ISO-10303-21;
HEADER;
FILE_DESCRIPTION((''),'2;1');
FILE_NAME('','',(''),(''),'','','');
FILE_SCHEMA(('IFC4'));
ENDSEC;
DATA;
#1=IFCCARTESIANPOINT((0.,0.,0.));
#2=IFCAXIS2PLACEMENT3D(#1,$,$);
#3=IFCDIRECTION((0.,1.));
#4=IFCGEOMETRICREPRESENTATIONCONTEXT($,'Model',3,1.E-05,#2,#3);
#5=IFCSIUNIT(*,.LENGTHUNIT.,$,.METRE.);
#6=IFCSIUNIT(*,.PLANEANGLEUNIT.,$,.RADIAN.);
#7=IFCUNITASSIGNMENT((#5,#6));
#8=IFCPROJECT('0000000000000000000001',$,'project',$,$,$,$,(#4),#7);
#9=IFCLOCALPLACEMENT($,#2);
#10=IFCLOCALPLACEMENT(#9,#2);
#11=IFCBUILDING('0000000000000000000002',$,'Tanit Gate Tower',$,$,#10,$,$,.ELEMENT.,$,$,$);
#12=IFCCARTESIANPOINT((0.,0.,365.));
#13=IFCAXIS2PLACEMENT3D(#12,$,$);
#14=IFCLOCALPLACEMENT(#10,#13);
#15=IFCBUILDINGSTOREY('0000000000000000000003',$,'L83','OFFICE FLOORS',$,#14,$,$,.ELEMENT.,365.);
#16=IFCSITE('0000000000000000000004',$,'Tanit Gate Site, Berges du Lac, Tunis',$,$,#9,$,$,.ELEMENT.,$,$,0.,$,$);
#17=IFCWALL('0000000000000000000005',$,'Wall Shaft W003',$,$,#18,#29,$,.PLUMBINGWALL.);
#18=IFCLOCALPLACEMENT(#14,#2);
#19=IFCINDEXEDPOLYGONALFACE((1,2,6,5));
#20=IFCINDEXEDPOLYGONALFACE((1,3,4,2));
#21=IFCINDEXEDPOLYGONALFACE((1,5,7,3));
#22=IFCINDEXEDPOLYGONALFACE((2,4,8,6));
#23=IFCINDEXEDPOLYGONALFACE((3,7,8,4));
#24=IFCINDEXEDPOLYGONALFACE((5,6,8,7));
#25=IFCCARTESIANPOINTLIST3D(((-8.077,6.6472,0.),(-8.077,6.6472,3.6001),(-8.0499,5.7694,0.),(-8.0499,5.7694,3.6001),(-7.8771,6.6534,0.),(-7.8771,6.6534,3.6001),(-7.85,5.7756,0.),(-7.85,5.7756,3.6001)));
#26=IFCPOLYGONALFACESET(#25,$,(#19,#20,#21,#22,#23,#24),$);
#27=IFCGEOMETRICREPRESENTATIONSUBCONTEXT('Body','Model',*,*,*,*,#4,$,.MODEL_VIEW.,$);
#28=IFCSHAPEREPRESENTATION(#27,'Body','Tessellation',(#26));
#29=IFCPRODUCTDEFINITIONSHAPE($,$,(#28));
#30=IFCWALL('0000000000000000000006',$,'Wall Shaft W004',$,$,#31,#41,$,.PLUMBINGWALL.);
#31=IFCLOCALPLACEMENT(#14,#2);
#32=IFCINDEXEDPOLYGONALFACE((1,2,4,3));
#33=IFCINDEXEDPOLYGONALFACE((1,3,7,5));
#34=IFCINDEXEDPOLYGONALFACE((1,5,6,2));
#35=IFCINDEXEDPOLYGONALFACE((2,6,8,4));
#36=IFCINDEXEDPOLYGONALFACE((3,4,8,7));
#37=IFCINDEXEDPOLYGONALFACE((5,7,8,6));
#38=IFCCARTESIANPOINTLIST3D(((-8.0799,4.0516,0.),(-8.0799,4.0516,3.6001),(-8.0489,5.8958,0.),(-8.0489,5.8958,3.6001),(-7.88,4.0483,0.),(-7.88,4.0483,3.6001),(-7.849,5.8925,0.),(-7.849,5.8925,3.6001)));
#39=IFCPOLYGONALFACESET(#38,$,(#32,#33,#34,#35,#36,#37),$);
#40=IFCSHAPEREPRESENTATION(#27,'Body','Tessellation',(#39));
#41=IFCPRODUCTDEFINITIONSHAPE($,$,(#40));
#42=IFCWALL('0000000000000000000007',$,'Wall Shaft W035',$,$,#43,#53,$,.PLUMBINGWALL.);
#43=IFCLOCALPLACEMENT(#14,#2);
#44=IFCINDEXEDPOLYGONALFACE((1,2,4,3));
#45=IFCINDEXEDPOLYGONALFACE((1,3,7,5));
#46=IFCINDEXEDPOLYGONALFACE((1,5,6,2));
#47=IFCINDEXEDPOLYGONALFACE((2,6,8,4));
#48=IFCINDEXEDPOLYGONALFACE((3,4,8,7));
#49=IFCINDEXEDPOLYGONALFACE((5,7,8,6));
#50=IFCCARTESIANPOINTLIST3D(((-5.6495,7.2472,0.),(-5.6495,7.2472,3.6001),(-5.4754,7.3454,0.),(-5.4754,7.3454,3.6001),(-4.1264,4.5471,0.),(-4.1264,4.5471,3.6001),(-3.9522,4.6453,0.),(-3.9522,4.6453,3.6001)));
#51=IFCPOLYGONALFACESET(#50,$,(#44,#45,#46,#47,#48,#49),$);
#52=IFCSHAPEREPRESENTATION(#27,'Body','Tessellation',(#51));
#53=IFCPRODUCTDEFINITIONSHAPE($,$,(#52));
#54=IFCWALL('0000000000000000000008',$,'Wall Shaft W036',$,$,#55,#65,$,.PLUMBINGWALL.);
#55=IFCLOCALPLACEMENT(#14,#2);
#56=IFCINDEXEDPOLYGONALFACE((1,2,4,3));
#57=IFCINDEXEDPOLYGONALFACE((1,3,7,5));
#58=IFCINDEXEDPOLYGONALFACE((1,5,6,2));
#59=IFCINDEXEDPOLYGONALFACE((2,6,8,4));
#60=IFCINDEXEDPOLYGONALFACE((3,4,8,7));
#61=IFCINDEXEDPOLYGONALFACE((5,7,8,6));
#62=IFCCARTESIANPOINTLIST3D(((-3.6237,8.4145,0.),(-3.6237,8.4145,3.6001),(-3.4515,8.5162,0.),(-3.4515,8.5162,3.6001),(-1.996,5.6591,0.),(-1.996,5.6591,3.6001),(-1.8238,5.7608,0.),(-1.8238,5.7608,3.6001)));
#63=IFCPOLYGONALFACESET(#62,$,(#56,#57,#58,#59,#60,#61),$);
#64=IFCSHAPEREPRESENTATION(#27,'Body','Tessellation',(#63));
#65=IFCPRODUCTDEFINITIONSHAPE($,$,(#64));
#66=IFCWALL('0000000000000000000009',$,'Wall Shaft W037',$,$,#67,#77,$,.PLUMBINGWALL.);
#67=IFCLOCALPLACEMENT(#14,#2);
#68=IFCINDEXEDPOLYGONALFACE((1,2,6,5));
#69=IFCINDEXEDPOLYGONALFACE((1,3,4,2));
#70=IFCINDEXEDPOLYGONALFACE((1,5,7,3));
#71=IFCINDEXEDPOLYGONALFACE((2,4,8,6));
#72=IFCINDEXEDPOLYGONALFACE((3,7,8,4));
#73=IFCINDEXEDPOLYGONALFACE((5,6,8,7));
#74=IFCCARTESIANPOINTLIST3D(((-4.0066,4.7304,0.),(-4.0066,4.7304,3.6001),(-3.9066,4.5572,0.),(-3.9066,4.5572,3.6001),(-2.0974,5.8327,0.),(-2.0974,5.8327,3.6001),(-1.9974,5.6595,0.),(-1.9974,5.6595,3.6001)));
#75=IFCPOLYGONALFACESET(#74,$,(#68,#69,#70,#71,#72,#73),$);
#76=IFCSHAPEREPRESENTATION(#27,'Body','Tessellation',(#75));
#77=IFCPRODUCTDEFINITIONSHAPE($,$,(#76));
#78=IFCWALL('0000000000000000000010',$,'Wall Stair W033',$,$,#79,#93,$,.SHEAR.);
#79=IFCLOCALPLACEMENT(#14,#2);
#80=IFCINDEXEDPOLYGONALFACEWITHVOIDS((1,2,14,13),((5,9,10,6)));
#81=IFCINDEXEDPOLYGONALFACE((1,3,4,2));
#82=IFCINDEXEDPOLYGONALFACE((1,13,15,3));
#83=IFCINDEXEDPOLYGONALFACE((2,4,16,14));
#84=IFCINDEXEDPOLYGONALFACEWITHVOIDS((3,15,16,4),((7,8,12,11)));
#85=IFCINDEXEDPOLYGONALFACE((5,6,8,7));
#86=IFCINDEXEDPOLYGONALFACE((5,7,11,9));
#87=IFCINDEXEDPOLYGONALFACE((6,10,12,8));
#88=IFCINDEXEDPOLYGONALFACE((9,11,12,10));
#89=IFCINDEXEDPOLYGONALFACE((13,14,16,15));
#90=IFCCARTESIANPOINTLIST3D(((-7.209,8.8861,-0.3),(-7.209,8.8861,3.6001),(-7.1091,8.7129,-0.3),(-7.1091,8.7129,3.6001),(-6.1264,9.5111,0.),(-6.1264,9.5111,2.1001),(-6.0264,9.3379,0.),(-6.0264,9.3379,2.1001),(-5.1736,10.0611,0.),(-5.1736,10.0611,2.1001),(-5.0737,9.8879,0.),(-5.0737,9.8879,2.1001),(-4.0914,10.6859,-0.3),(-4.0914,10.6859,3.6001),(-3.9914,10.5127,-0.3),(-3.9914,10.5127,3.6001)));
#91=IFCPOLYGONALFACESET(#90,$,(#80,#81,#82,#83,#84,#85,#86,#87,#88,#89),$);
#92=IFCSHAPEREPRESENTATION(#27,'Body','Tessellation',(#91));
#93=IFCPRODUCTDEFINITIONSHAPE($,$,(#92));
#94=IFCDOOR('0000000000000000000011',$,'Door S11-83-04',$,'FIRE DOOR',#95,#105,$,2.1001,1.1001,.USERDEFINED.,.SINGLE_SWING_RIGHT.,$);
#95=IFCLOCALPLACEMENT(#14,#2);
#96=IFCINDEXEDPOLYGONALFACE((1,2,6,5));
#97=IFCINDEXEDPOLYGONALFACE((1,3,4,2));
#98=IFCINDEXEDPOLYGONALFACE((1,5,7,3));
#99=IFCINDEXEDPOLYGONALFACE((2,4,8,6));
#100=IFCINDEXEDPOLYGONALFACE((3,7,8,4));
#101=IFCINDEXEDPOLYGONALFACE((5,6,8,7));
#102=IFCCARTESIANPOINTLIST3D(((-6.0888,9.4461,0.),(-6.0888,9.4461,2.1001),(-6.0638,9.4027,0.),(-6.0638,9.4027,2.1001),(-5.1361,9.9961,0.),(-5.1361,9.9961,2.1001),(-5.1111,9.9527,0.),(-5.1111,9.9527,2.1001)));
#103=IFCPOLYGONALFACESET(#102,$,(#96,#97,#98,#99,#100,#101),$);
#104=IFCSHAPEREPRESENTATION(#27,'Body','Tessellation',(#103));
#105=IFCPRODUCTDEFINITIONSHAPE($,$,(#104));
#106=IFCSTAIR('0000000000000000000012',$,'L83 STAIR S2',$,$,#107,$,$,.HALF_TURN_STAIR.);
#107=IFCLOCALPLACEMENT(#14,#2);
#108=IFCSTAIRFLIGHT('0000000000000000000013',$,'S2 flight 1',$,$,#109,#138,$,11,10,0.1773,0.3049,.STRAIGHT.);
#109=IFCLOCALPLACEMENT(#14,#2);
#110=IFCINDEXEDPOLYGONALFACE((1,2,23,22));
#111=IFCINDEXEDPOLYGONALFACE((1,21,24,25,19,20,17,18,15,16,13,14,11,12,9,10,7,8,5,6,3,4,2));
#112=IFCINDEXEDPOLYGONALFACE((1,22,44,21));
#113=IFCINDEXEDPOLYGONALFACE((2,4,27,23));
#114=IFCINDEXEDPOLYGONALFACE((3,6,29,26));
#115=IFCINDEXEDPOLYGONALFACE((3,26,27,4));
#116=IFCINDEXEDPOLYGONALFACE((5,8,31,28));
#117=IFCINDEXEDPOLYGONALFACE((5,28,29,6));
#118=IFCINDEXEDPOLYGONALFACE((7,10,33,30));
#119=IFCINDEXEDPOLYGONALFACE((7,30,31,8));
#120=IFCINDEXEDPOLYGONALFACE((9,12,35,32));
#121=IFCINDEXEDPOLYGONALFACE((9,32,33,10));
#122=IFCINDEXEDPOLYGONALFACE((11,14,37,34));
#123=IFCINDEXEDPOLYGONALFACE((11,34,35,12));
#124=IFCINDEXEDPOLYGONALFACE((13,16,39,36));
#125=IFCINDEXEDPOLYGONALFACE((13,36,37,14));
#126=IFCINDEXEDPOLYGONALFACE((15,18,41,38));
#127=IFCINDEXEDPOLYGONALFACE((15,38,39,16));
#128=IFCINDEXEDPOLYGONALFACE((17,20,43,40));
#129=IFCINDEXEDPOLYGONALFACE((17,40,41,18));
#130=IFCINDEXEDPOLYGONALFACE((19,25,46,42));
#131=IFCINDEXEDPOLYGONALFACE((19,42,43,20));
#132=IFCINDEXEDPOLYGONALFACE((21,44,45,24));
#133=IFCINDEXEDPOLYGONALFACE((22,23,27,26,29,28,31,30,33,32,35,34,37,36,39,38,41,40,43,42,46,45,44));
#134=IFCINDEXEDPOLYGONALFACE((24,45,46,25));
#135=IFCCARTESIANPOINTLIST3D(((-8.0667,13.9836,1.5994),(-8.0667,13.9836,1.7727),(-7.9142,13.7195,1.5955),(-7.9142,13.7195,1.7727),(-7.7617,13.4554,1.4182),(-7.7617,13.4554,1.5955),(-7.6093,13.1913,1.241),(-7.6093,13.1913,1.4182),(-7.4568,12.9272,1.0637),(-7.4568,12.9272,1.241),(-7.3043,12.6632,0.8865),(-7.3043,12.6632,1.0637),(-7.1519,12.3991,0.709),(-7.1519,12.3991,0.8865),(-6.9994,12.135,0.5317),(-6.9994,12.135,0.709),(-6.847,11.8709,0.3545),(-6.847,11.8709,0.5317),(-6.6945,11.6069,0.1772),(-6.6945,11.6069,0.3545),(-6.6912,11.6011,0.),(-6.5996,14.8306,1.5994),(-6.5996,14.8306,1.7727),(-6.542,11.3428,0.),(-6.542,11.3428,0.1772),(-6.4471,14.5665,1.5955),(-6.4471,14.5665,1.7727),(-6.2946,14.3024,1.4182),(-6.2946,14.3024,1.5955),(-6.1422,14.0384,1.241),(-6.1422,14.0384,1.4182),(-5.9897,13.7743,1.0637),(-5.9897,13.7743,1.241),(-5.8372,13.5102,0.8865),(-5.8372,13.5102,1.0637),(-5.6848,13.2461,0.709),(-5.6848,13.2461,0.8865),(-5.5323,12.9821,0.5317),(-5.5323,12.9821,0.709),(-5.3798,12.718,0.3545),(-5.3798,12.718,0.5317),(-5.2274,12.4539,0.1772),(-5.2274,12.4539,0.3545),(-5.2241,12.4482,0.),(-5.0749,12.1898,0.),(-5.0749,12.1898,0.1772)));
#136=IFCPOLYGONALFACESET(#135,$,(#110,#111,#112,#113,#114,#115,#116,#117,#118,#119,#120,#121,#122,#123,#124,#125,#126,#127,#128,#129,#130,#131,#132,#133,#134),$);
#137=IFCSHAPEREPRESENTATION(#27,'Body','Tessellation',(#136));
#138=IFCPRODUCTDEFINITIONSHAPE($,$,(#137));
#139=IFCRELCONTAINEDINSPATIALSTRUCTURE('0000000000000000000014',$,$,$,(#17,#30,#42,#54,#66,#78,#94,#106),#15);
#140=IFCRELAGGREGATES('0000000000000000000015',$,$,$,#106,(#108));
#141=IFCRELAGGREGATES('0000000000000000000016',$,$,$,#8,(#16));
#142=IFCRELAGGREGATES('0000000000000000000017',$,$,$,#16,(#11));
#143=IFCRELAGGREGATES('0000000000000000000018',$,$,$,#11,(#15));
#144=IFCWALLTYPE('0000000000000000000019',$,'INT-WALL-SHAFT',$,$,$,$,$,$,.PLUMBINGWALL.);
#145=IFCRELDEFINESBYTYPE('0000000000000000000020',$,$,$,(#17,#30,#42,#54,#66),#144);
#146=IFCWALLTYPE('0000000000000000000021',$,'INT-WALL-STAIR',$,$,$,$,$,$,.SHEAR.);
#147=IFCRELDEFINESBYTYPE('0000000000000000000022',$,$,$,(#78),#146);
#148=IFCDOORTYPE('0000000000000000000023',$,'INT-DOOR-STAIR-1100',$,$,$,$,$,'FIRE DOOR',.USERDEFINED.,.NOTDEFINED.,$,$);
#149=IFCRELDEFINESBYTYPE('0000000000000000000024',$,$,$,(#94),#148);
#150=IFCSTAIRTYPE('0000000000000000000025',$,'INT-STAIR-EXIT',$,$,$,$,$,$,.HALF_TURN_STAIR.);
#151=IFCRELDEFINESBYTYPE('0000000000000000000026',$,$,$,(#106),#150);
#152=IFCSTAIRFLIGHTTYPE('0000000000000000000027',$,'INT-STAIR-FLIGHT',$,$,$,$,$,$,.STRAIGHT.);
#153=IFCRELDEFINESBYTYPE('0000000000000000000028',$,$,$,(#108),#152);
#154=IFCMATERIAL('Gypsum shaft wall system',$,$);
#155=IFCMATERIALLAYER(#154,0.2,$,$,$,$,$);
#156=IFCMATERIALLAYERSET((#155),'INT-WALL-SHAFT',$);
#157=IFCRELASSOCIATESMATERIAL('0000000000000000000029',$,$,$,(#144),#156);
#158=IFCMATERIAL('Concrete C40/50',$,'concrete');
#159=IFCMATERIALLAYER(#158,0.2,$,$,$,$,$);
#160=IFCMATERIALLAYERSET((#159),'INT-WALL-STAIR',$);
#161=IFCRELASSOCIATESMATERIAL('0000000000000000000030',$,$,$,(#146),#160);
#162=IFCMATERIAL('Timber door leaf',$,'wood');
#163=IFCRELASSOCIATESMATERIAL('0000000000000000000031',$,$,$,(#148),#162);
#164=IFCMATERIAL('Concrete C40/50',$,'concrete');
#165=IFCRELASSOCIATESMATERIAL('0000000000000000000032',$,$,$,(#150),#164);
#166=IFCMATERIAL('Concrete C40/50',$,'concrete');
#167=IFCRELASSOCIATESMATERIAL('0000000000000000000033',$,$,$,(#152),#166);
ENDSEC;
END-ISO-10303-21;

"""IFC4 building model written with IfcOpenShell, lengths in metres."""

from ifc_helpers import new_model, si_unit, direction, frame, frame_2d, origin, place, context, subcontext, project, spatial, polyline, rectangle, outline, extrude, material, layer, layer_set, type_object, element, fill, aggregate, save


model = new_model("IFC4")

# Units and contexts
model_context = context("Model", 3, precision=1e-05, world=origin(), true_north=direction((0.0, 1.0)))
body_context = subcontext(model_context, "Body", "Model", "MODEL_VIEW")
ifc_project = project(units=[si_unit("LENGTHUNIT", "METRE"), si_unit("PLANEANGLEUNIT", "RADIAN")], contexts=[model_context])

# Site, building, storey
site_placement = place(None, origin())
site = spatial("IfcSite", under=ifc_project, at=site_placement, Name="Tanit Gate Site, Berges du Lac, Tunis", CompositionType="ELEMENT", RefElevation=0.0)
building_placement = place(site_placement, origin())
building = spatial("IfcBuilding", under=site, at=building_placement, Name="Tanit Gate Tower", CompositionType="ELEMENT")
storey_placement = place(building_placement, frame((0.0, 0.0, 365.0)))
storey = spatial("IfcBuildingStorey", under=building, at=storey_placement, Name="L83", Description="OFFICE FLOORS", CompositionType="ELEMENT", Elevation=365.0)

# Walls
ifc_material_1 = material(Name="Gypsum shaft wall system")
ifc_layer_1 = layer(ifc_material_1, 0.2)
ifc_layer_set_1 = layer_set([ifc_layer_1], Name="INT-WALL-SHAFT")
wall_type_1 = type_object("IfcWallType", Name="INT-WALL-SHAFT", PredefinedType="PLUMBINGWALL", material=ifc_layer_set_1)
wall_1_placement = place(storey_placement, frame((-7.9771, 6.6501, 0.0), z_axis=(0.0, 0.0, 1.0), x_axis=(0.030862, -0.999524, 0.0)))
element("IfcWall", 1, at=wall_1_placement, inside=storey, type_object=wall_type_1, Name="Wall Shaft W003", PredefinedType="PLUMBINGWALL", context=body_context, shape_type="SweptSolid", body=[
    extrude(rectangle(XDim=0.8782, YDim=0.2, at=frame_2d((0.439, 0.0))), origin(), (0.0, 0.0, 1.0), 3.6001),
])
wall_2_placement = place(storey_placement, frame((-7.949, 5.8943, 0.0), z_axis=(0.0, 0.0, 1.0), x_axis=(-0.01681, -0.999859, 0.0)))
element("IfcWall", 2, at=wall_2_placement, inside=storey, type_object=wall_type_1, Name="Wall Shaft W004", PredefinedType="PLUMBINGWALL", context=body_context, shape_type="SweptSolid", body=[
    extrude(rectangle(XDim=1.8445, YDim=0.2, at=frame_2d((0.9224, 0.0))), origin(), (0.0, 0.0, 1.0), 3.6001),
])

# Walls
wall_3_placement = place(storey_placement, frame((-4.0393, 4.5962, 0.0), z_axis=(0.0, 0.0, 1.0), x_axis=(-0.491323, 0.870978, 0.0)))
element("IfcWall", 3, at=wall_3_placement, inside=storey, type_object=wall_type_1, Name="Wall Shaft W035", PredefinedType="PLUMBINGWALL", context=body_context, shape_type="SweptSolid", body=[
    extrude(rectangle(XDim=3.1001, YDim=0.2, at=frame_2d((1.55, 0.0))), origin(), (0.0, 0.0, 1.0), 3.6001),
])
wall_4_placement = place(storey_placement, frame((-3.5376, 8.4653, 0.0), z_axis=(0.0, 0.0, 1.0), x_axis=(0.508616, -0.860993, 0.0)))
element("IfcWall", 4, at=wall_4_placement, inside=storey, type_object=wall_type_1, Name="Wall Shaft W036", PredefinedType="PLUMBINGWALL", context=body_context, shape_type="SweptSolid", body=[
    extrude(rectangle(XDim=3.2002, YDim=0.2, at=frame_2d((1.6001, 0.0))), origin(), (0.0, 0.0, 1.0), 3.6001),
])
wall_5_placement = place(storey_placement, frame((-2.0474, 5.7461, 0.0), z_axis=(0.0, 0.0, 1.0), x_axis=(-0.86602, -0.50001, 0.0)))
element("IfcWall", 5, at=wall_5_placement, inside=storey, type_object=wall_type_1, Name="Wall Shaft W037", PredefinedType="PLUMBINGWALL", context=body_context, shape_type="SweptSolid", body=[
    extrude(rectangle(XDim=2.2046, YDim=0.2, at=frame_2d((1.1023, 0.0))), origin(), (0.0, 0.0, 1.0), 3.6001),
])

# Wall, opening, door
ifc_material_2 = material(Name="Concrete C40/50", Category="concrete")
ifc_layer_2 = layer(ifc_material_2, 0.2)
ifc_layer_set_2 = layer_set([ifc_layer_2], Name="INT-WALL-STAIR")
wall_type_2 = type_object("IfcWallType", Name="INT-WALL-STAIR", PredefinedType="SHEAR", material=ifc_layer_set_2)
wall_6_placement = place(storey_placement, frame((-7.1589, 8.7996, -0.3), z_axis=(0.0, 0.0, 1.0), x_axis=(0.866048, 0.499961, 0.0)))
wall_6 = element("IfcWall", 6, at=wall_6_placement, inside=storey, type_object=wall_type_2, Name="Wall Stair W033", PredefinedType="SHEAR", context=body_context, shape_type="SweptSolid", body=[
    extrude(rectangle(XDim=3.5999, YDim=0.2, at=frame_2d((1.7998, 0.0))), origin(), (0.0, 0.0, 1.0), 3.9001),
])
opening_1_placement = place(wall_6_placement, frame((1.25, 0.0, 0.3)))
opening_1 = element("IfcOpeningElement", 7, at=opening_1_placement, cuts=wall_6, PredefinedType="OPENING", context=body_context, shape_type="SweptSolid", body=[
    extrude(rectangle(XDim=1.1001, YDim=2.1001, at=frame_2d((0.55, 1.05))), frame((0.0, 0.1099, 0.0), z_axis=(0.0, -1.0, 0.0), x_axis=(1.0, 0.0, 0.0)), (0.0, 0.0, 1.0), 0.22),
])
ifc_material_3 = material(Name="Timber door leaf", Category="wood")
door_type_1 = type_object("IfcDoorType", Name="INT-DOOR-STAIR-1100", ElementType="FIRE DOOR", OperationType="NOTDEFINED", PredefinedType="USERDEFINED", material=ifc_material_3)
door_1_placement = place(opening_1_placement, origin())
door_1 = element("IfcDoor", 8, at=door_1_placement, inside=storey, type_object=door_type_1, Name="Door S11-83-04", ObjectType="FIRE DOOR", OperationType="SINGLE_SWING_RIGHT", OverallHeight=2.1001, OverallWidth=1.1001, PredefinedType="USERDEFINED", context=body_context, shape_type="SweptSolid", body=[
    extrude(rectangle(XDim=1.1001, YDim=2.1001, at=frame_2d((0.55, 1.05))), frame((0.0, 0.0249, 0.0), z_axis=(0.0, -1.0, 0.0), x_axis=(1.0, 0.0, 0.0)), (0.0, 0.0, 1.0), 0.05),
])
fill(opening_1, door_1)

# Stair, stair flight
ifc_material_4 = material(Name="Concrete C40/50", Category="concrete")
stair_type = type_object("IfcStairType", Name="INT-STAIR-EXIT", PredefinedType="HALF_TURN_STAIR", material=ifc_material_4)
stair_placement = place(storey_placement, origin())
stair = element("IfcStair", 9, at=stair_placement, inside=storey, type_object=stair_type, Name="L83 STAIR S2", PredefinedType="HALF_TURN_STAIR")
ifc_material_5 = material(Name="Concrete C40/50", Category="concrete")
stair_flight_type = type_object("IfcStairFlightType", Name="INT-STAIR-FLIGHT", PredefinedType="STRAIGHT", material=ifc_material_5)
stair_flight_placement = place(storey_placement, frame((-5.8083, 11.7664, 0.0), z_axis=(0.0, 0.0, 1.0), x_axis=(-0.5, 0.866025, 0.0)))
stair_flight = element("IfcStairFlight", 10, at=stair_flight_placement, type_object=stair_flight_type, Name="S2 flight 1", NumberOfRisers=11, NumberOfTreads=10, PredefinedType="STRAIGHT", RiserHeight=0.1773, TreadLength=0.3049, context=body_context, shape_type="SweptSolid", body=[
    extrude(outline(polyline([(0.0, 0.0), (0.0, 0.1772), (0.3049, 0.1772), (0.3049, 0.3545), (0.6099, 0.3545), (0.6099, 0.5317), (0.9148, 0.5317), (0.9148, 0.709), (1.2197, 0.709), (1.2197, 0.8865), (1.5247, 0.8865), (1.5247, 1.0637), (1.8296, 1.0637), (1.8296, 1.241), (2.1345, 1.241), (2.1345, 1.4182), (2.4395, 1.4182), (2.4395, 1.5955), (2.7444, 1.5955), (2.7444, 1.7727), (3.0493, 1.7727), (3.0493, 1.95), (3.0493, 1.5994), (0.2983, 0.0), (0.0, 0.0)])), frame((0.0, 0.8472, 0.0), z_axis=(0.0, -1.0, 0.0), x_axis=(1.0, 0.0, 0.0)), (0.0, 0.0, 1.0), 1.6941),
])
aggregate(stair, [stair_flight])

save(model, "model.ifc")
